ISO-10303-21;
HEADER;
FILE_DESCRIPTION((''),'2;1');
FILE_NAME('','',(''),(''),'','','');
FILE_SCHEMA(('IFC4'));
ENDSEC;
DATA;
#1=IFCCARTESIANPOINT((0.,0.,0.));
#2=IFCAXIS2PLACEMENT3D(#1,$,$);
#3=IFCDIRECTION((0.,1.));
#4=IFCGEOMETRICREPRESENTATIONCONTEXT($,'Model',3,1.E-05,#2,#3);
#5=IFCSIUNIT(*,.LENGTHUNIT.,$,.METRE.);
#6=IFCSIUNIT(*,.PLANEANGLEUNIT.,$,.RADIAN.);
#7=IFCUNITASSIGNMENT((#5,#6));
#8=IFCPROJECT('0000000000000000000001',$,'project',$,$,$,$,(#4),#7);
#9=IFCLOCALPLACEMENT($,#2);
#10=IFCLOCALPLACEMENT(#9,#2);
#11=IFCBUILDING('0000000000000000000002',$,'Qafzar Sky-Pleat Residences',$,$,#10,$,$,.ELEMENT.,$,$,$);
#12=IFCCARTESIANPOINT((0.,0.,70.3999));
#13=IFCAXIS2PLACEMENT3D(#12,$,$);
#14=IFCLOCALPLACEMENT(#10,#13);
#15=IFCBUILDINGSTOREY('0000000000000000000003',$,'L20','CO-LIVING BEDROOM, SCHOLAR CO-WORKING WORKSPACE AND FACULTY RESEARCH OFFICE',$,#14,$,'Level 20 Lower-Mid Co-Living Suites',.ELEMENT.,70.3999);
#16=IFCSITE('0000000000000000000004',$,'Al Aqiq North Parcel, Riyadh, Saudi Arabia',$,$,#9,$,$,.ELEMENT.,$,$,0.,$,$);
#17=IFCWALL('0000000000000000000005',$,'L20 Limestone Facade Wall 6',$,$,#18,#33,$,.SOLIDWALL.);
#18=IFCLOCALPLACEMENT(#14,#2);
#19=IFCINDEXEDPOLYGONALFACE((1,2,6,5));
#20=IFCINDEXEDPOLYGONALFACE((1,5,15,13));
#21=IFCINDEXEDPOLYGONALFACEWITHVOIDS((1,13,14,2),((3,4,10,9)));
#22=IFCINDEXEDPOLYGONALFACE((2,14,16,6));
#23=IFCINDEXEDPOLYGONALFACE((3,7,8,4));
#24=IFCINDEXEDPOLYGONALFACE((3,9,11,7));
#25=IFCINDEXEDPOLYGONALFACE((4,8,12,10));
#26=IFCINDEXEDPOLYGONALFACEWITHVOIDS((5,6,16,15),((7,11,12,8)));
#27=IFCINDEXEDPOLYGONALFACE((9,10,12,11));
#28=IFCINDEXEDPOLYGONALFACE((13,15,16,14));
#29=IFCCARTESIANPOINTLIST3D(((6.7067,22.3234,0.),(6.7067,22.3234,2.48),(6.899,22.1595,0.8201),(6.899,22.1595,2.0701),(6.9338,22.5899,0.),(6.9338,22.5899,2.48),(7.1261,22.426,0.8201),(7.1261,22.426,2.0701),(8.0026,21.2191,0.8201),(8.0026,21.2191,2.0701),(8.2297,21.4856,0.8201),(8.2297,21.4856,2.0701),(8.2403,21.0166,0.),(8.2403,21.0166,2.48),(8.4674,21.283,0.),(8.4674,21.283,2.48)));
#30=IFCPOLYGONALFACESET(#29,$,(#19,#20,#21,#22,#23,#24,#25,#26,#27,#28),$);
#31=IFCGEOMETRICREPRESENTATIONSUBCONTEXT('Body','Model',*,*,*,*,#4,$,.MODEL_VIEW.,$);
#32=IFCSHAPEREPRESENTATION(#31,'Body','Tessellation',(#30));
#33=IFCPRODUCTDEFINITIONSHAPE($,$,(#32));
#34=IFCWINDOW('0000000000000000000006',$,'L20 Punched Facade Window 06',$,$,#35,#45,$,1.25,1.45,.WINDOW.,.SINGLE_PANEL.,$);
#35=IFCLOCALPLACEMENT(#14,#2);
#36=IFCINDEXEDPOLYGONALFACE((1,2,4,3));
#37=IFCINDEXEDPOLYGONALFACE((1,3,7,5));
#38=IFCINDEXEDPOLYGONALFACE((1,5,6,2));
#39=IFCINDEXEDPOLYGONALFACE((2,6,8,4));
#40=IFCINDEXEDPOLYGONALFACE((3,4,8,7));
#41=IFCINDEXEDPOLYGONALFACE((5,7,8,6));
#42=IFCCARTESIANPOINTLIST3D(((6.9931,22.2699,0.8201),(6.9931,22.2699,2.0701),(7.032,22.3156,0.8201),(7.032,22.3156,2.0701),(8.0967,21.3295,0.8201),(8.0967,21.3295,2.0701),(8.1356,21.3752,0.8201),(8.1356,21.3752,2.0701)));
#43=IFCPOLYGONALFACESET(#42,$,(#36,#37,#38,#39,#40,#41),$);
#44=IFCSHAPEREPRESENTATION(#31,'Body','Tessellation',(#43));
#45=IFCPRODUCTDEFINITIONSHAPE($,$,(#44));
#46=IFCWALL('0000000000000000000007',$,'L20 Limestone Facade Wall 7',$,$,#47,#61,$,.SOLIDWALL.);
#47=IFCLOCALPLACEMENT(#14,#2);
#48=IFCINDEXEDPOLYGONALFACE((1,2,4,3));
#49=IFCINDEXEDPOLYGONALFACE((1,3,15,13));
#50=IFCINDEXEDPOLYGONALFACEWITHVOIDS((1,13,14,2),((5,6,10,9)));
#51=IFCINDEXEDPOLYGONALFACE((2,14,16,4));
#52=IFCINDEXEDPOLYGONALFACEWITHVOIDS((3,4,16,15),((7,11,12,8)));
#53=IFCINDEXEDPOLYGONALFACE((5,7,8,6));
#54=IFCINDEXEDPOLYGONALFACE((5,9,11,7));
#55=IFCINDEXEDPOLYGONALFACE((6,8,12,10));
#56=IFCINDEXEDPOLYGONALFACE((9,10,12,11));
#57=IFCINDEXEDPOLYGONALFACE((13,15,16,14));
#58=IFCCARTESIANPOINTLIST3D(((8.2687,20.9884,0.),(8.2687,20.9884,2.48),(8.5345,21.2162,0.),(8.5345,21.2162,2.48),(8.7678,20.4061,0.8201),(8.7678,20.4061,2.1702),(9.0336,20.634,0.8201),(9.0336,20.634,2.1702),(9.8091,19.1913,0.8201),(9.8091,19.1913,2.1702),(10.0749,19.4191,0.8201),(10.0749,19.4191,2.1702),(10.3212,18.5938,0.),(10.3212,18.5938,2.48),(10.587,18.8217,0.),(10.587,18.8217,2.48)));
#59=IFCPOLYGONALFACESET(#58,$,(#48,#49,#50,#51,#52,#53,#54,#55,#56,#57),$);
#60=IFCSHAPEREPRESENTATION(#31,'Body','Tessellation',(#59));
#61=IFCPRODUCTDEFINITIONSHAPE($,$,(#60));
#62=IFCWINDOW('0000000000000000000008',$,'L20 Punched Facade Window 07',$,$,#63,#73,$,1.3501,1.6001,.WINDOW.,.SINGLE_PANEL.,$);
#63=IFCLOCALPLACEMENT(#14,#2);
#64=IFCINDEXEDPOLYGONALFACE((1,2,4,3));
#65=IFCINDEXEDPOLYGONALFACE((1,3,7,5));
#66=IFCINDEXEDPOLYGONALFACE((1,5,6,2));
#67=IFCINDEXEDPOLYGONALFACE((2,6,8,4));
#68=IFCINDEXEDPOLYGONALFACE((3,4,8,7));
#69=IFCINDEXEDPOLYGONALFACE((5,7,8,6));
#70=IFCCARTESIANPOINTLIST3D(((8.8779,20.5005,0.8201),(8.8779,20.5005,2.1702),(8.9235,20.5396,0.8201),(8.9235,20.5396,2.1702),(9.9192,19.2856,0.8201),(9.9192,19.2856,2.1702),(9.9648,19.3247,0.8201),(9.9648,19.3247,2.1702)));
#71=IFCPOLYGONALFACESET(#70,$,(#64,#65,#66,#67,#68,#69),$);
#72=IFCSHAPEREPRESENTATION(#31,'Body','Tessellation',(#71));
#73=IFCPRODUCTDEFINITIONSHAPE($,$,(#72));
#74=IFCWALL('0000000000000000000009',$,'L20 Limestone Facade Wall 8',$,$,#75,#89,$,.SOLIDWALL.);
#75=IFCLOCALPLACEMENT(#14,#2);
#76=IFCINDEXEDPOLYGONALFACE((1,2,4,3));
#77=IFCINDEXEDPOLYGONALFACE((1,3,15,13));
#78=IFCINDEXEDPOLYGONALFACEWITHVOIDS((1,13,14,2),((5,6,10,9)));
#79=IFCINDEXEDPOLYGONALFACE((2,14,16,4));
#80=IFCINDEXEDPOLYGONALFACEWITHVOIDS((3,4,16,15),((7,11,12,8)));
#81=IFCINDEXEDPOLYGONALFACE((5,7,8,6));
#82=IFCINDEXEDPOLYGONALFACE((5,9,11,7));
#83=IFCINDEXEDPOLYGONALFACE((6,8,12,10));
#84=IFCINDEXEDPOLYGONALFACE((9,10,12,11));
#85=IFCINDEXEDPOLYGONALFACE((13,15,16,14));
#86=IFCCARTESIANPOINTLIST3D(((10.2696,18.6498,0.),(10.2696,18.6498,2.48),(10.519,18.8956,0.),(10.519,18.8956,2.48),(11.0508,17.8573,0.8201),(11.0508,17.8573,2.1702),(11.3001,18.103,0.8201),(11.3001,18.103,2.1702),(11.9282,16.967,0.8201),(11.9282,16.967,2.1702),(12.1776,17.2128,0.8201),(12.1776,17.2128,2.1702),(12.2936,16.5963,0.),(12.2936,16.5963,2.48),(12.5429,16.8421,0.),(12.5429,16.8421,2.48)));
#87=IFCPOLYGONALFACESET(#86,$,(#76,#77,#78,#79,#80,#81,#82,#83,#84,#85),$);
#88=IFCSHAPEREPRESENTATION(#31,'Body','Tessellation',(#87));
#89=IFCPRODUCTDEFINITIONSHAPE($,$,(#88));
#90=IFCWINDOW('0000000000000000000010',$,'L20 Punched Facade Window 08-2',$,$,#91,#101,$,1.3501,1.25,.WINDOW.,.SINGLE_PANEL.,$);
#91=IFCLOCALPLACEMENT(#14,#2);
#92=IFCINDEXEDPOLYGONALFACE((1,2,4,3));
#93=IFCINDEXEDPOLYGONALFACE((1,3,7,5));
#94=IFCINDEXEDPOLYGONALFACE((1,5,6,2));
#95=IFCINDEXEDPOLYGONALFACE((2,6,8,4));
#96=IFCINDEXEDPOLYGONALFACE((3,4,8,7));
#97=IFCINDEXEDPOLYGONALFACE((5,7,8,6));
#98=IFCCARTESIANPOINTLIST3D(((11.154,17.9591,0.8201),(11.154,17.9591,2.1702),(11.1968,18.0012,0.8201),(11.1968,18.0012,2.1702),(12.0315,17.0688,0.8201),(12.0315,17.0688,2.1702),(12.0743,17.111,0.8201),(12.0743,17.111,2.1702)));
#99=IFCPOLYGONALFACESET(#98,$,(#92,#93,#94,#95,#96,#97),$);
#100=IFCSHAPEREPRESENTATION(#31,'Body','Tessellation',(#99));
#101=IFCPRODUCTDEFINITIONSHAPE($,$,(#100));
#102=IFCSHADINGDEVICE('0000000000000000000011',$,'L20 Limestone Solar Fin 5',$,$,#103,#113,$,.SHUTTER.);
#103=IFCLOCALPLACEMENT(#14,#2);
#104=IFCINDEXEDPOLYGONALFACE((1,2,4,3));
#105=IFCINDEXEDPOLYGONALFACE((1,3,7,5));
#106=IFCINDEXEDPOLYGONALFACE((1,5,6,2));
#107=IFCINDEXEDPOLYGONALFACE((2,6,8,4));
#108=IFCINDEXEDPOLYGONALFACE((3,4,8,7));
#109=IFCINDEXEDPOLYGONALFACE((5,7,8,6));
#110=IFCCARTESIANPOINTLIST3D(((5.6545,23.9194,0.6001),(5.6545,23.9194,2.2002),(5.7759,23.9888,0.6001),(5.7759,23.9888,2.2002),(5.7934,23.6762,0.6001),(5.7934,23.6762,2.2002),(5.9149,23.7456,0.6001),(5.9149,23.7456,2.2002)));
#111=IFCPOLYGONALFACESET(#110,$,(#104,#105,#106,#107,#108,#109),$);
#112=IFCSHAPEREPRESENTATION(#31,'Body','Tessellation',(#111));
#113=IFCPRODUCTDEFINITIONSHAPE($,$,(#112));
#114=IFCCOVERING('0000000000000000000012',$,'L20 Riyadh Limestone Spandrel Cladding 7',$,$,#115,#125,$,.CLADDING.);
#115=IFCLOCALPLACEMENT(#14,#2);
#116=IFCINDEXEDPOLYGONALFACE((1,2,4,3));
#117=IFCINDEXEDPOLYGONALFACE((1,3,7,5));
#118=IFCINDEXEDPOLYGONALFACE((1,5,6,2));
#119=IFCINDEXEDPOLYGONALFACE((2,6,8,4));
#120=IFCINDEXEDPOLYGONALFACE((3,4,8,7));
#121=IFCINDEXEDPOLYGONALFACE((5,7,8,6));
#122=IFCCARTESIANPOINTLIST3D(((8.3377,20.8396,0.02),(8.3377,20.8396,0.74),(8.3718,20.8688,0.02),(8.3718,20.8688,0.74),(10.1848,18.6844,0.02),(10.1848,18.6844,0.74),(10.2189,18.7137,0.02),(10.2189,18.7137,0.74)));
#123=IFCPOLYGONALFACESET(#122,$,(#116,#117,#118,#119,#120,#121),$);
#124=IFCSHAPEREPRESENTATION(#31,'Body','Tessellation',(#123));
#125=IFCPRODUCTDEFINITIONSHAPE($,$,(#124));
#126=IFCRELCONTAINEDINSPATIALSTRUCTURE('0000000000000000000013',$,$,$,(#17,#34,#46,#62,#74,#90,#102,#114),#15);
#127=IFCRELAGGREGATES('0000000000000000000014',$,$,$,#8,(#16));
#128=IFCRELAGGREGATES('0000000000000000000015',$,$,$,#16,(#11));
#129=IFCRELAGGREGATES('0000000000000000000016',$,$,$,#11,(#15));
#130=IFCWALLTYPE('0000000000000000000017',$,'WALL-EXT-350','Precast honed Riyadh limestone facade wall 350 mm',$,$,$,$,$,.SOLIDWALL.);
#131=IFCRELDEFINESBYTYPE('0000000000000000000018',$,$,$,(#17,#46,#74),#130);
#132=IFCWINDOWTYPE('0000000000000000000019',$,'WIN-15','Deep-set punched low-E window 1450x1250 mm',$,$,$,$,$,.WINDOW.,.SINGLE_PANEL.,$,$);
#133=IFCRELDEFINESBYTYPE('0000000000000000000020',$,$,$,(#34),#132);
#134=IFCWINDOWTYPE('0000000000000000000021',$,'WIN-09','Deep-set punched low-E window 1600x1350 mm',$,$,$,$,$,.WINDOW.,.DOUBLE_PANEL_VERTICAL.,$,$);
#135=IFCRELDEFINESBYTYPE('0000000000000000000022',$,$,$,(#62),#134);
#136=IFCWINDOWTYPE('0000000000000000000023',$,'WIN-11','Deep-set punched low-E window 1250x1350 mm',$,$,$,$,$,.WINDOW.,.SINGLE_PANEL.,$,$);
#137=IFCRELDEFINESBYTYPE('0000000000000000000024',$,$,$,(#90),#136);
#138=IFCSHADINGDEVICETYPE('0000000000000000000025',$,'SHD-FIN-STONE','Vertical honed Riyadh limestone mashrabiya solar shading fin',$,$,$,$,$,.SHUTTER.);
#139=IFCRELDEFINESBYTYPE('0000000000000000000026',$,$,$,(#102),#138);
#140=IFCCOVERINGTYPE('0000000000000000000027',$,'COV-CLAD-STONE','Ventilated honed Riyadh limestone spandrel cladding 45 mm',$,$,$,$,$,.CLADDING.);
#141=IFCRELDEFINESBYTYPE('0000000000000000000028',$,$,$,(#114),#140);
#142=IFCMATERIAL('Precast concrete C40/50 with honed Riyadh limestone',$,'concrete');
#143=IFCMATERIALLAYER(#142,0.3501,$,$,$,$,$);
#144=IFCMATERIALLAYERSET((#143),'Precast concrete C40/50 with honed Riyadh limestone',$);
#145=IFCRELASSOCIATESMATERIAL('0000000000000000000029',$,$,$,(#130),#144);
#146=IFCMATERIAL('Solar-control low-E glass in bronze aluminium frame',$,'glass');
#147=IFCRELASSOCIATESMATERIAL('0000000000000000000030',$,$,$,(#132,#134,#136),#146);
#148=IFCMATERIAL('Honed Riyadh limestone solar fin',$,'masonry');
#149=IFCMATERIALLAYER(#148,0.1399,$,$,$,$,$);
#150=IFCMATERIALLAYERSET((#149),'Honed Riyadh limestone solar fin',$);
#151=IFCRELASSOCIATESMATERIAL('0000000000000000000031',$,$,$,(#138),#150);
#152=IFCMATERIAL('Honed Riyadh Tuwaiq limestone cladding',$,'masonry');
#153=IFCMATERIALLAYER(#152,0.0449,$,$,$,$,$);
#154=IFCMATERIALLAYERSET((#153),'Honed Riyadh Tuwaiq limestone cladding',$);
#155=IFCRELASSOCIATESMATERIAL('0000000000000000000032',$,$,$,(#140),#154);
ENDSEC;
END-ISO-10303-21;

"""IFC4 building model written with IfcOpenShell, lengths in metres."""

from ifc_helpers import new_model, si_unit, direction, frame, frame_2d, origin, origin_2d, place, context, subcontext, project, spatial, rectangle, extrude, source, transform, mapped, material, layer, layer_set, type_object, element, fill, save


model = new_model("IFC4")

# Units and contexts
model_context = context("Model", 3, precision=1e-05, world=origin(), true_north=direction((0.0, 1.0)))
body_context = subcontext(model_context, "Body", "Model", "MODEL_VIEW")
ifc_project = project(units=[si_unit("LENGTHUNIT", "METRE"), si_unit("PLANEANGLEUNIT", "RADIAN")], contexts=[model_context])

# Site, building, storey
site_placement = place(None, origin())
site = spatial("IfcSite", under=ifc_project, at=site_placement, Name="Al Aqiq North Parcel, Riyadh, Saudi Arabia", CompositionType="ELEMENT", RefElevation=0.0)
building_placement = place(site_placement, origin())
building = spatial("IfcBuilding", under=site, at=building_placement, Name="Qafzar Sky-Pleat Residences", CompositionType="ELEMENT")
storey_placement = place(building_placement, frame((0.0, 0.0, 70.3999)))
storey = spatial("IfcBuildingStorey", under=building, at=storey_placement, Name="L20", Description="CO-LIVING BEDROOM, SCHOLAR CO-WORKING WORKSPACE AND FACULTY RESEARCH OFFICE", LongName="Level 20 Lower-Mid Co-Living Suites", CompositionType="ELEMENT", Elevation=70.3999)

# Walls, openings, windows
ifc_material_1 = material(Name="Precast concrete C40/50 with honed Riyadh limestone", Category="concrete")
ifc_layer_1 = layer(ifc_material_1, 0.3501)
ifc_layer_set_1 = layer_set([ifc_layer_1], Name="Precast concrete C40/50 with honed Riyadh limestone")
wall_type_1 = type_object("IfcWallType", Name="WALL-EXT-350", Description="Precast honed Riyadh limestone facade wall 350 mm", PredefinedType="SOLIDWALL", material=ifc_layer_set_1)
wall_1_placement = place(storey_placement, frame((6.8203, 22.4565, 0.0), z_axis=(0.0, 0.0, 1.0), x_axis=(0.761144, -0.648583, 0.0)))
wall_1 = element("IfcWall", 1, at=wall_1_placement, inside=storey, type_object=wall_type_1, Name="L20 Limestone Facade Wall 6", PredefinedType="SOLIDWALL", context=body_context, shape_type="SweptSolid", body=[
    extrude(rectangle(XDim=2.0149, YDim=0.3501, at=frame_2d((1.0073, 0.0))), origin(), (0.0, 0.0, 1.0), 2.48),
])
opening_1_placement = place(wall_1_placement, frame((0.2524, 0.0, 0.8201)))
opening_1 = element("IfcOpeningElement", 2, at=opening_1_placement, cuts=wall_1, PredefinedType="OPENING", context=body_context, shape_type="SweptSolid", body=[
    extrude(rectangle(XDim=1.45, YDim=1.25, at=frame_2d((0.7251, 0.625))), frame((0.0, 0.1851, 0.0), z_axis=(0.0, -1.0, 0.0), x_axis=(1.0, 0.0, 0.0)), (0.0, 0.0, 1.0), 0.3701),
])
ifc_material_2 = material(Name="Solar-control low-E glass in bronze aluminium frame", Category="glass")
window_type_1 = type_object("IfcWindowType", Name="WIN-15", Description="Deep-set punched low-E window 1450x1250 mm", PartitioningType="SINGLE_PANEL", PredefinedType="WINDOW", material=ifc_material_2)
shared_shape_1 = source(origin(), body_context, "Body", "SweptSolid", [
    extrude(rectangle(XDim=1.45, YDim=1.25, at=frame_2d((0.7251, 0.625))), frame((0.0, 0.03, 0.0), z_axis=(0.0, -1.0, 0.0), x_axis=(1.0, 0.0, 0.0)), (0.0, 0.0, 1.0), 0.0601),
])
window_1_placement = place(opening_1_placement, origin())
window_1 = element("IfcWindow", 3, at=window_1_placement, inside=storey, type_object=window_type_1, Name="L20 Punched Facade Window 06", OverallHeight=1.25, OverallWidth=1.45, PartitioningType="SINGLE_PANEL", PredefinedType="WINDOW", context=body_context, shape_type="MappedRepresentation", body=[
    mapped(shared_shape_1, transform((0.0, 0.0, 0.0), x_axis=(1.0, 0.0, 0.0), y_axis=(0.0, 1.0, 0.0), z_axis=(0.0, 0.0, 1.0), scale=1.0)),
])
fill(opening_1, window_1)
wall_2_placement = place(storey_placement, frame((8.4016, 21.1023, 0.0), z_axis=(0.0, 0.0, 1.0), x_axis=(0.650798, -0.759251, 0.0)))
wall_2 = element("IfcWall", 4, at=wall_2_placement, inside=storey, type_object=wall_type_1, Name="L20 Limestone Facade Wall 7", PredefinedType="SOLIDWALL", context=body_context, shape_type="SweptSolid", body=[
    extrude(rectangle(XDim=3.1538, YDim=0.3501, at=frame_2d((1.5769, 0.0))), origin(), (0.0, 0.0, 1.0), 2.48),
])
opening_2_placement = place(wall_2_placement, frame((0.7668, 0.0, 0.8201)))
opening_2 = element("IfcOpeningElement", 5, at=opening_2_placement, cuts=wall_2, PredefinedType="OPENING", context=body_context, shape_type="SweptSolid", body=[
    extrude(rectangle(XDim=1.6001, YDim=1.3501, at=frame_2d((0.8, 0.675))), frame((0.0, 0.1851, 0.0), z_axis=(0.0, -1.0, 0.0), x_axis=(1.0, 0.0, 0.0)), (0.0, 0.0, 1.0), 0.3701),
])
window_type_2 = type_object("IfcWindowType", Name="WIN-09", Description="Deep-set punched low-E window 1600x1350 mm", PartitioningType="DOUBLE_PANEL_VERTICAL", PredefinedType="WINDOW", material=ifc_material_2)
shared_shape_2 = source(origin(), body_context, "Body", "SweptSolid", [
    extrude(rectangle(XDim=1.6001, YDim=1.3501, at=frame_2d((0.8, 0.675))), frame((0.0, 0.03, 0.0), z_axis=(0.0, -1.0, 0.0), x_axis=(1.0, 0.0, 0.0)), (0.0, 0.0, 1.0), 0.0601),
])
window_2_placement = place(opening_2_placement, origin())
window_2 = element("IfcWindow", 6, at=window_2_placement, inside=storey, type_object=window_type_2, Name="L20 Punched Facade Window 07", OverallHeight=1.3501, OverallWidth=1.6001, PartitioningType="SINGLE_PANEL", PredefinedType="WINDOW", context=body_context, shape_type="MappedRepresentation", body=[
    mapped(shared_shape_2, transform((0.0, 0.0, 0.0), x_axis=(1.0, 0.0, 0.0), y_axis=(0.0, 1.0, 0.0), z_axis=(0.0, 0.0, 1.0), scale=1.0)),
])
fill(opening_2, window_2)
wall_3_placement = place(storey_placement, frame((10.3943, 18.7727, 0.0), z_axis=(0.0, 0.0, 1.0), x_axis=(0.701965, -0.712211, 0.0)))
wall_3 = element("IfcWall", 7, at=wall_3_placement, inside=storey, type_object=wall_type_1, Name="L20 Limestone Facade Wall 8", PredefinedType="SOLIDWALL", context=body_context, shape_type="SweptSolid", body=[
    extrude(rectangle(XDim=2.8833, YDim=0.3501, at=frame_2d((1.4417, 0.0))), origin(), (0.0, 0.0, 1.0), 2.48),
])
opening_3_placement = place(wall_3_placement, frame((1.1128, 0.0, 0.8201)))
opening_3 = element("IfcOpeningElement", 8, at=opening_3_placement, cuts=wall_3, PredefinedType="OPENING", context=body_context, shape_type="SweptSolid", body=[
    extrude(rectangle(XDim=1.25, YDim=1.3501, at=frame_2d((0.625, 0.675))), frame((0.0, 0.1851, 0.0), z_axis=(0.0, -1.0, 0.0), x_axis=(1.0, 0.0, 0.0)), (0.0, 0.0, 1.0), 0.3701),
])
window_type_3 = type_object("IfcWindowType", Name="WIN-11", Description="Deep-set punched low-E window 1250x1350 mm", PartitioningType="SINGLE_PANEL", PredefinedType="WINDOW", material=ifc_material_2)
shared_shape_3 = source(origin(), body_context, "Body", "SweptSolid", [
    extrude(rectangle(XDim=1.25, YDim=1.3501, at=frame_2d((0.625, 0.675))), frame((0.0, 0.03, 0.0), z_axis=(0.0, -1.0, 0.0), x_axis=(1.0, 0.0, 0.0)), (0.0, 0.0, 1.0), 0.0601),
])
window_3_placement = place(opening_3_placement, origin())
window_3 = element("IfcWindow", 9, at=window_3_placement, inside=storey, type_object=window_type_3, Name="L20 Punched Facade Window 08-2", OverallHeight=1.3501, OverallWidth=1.25, PartitioningType="SINGLE_PANEL", PredefinedType="WINDOW", context=body_context, shape_type="MappedRepresentation", body=[
    mapped(shared_shape_3, transform((0.0, 0.0, 0.0), x_axis=(1.0, 0.0, 0.0), y_axis=(0.0, 1.0, 0.0), z_axis=(0.0, 0.0, 1.0), scale=1.0)),
])
fill(opening_3, window_3)

# Shading device
ifc_material_3 = material(Name="Honed Riyadh limestone solar fin", Category="masonry")
ifc_layer_2 = layer(ifc_material_3, 0.1399)
ifc_layer_set_2 = layer_set([ifc_layer_2], Name="Honed Riyadh limestone solar fin")
shading_device_type = type_object("IfcShadingDeviceType", Name="SHD-FIN-STONE", Description="Vertical honed Riyadh limestone mashrabiya solar shading fin", PredefinedType="SHUTTER", material=ifc_layer_set_2)
shared_shape_4 = source(origin(), body_context, "Body", "SweptSolid", [
    extrude(rectangle(XDim=0.1399, YDim=0.28, at=origin_2d()), origin(), (0.0, 0.0, 1.0), 1.6001),
])
shading_device_placement = place(storey_placement, frame((5.7847, 23.8325, 0.6001), z_axis=(0.0, 0.0, 1.0), x_axis=(-0.868289, -0.496058, 0.0)))
element("IfcShadingDevice", 10, at=shading_device_placement, inside=storey, type_object=shading_device_type, Name="L20 Limestone Solar Fin 5", PredefinedType="SHUTTER", context=body_context, shape_type="MappedRepresentation", body=[
    mapped(shared_shape_4, transform((0.0, 0.0, 0.0), x_axis=(1.0, 0.0, 0.0), y_axis=(0.0, 1.0, 0.0), z_axis=(0.0, 0.0, 1.0), scale=1.0)),
])

# Covering
ifc_material_4 = material(Name="Honed Riyadh Tuwaiq limestone cladding", Category="masonry")
ifc_layer_3 = layer(ifc_material_4, 0.0449)
ifc_layer_set_3 = layer_set([ifc_layer_3], Name="Honed Riyadh Tuwaiq limestone cladding")
covering_type = type_object("IfcCoveringType", Name="COV-CLAD-STONE", Description="Ventilated honed Riyadh limestone spandrel cladding 45 mm", PredefinedType="CLADDING", material=ifc_layer_set_3)
shared_shape_5 = source(origin(), body_context, "Body", "SweptSolid", [
    extrude(rectangle(XDim=2.8384, YDim=0.0449, at=origin_2d()), origin(), (0.0, 0.0, 1.0), 0.72),
])
covering_placement = place(storey_placement, frame((9.2783, 19.7766, 0.02), z_axis=(0.0, 0.0, 1.0), x_axis=(0.650768, -0.759277, 0.0)))
element("IfcCovering", 11, at=covering_placement, inside=storey, type_object=covering_type, Name="L20 Riyadh Limestone Spandrel Cladding 7", PredefinedType="CLADDING", context=body_context, shape_type="MappedRepresentation", body=[
    mapped(shared_shape_5, transform((0.0, 0.0, 0.0), x_axis=(1.0, 0.0, 0.0), y_axis=(0.0, 1.0, 0.0), z_axis=(0.0, 0.0, 1.0), scale=1.0)),
])

save(model, "model.ifc")
